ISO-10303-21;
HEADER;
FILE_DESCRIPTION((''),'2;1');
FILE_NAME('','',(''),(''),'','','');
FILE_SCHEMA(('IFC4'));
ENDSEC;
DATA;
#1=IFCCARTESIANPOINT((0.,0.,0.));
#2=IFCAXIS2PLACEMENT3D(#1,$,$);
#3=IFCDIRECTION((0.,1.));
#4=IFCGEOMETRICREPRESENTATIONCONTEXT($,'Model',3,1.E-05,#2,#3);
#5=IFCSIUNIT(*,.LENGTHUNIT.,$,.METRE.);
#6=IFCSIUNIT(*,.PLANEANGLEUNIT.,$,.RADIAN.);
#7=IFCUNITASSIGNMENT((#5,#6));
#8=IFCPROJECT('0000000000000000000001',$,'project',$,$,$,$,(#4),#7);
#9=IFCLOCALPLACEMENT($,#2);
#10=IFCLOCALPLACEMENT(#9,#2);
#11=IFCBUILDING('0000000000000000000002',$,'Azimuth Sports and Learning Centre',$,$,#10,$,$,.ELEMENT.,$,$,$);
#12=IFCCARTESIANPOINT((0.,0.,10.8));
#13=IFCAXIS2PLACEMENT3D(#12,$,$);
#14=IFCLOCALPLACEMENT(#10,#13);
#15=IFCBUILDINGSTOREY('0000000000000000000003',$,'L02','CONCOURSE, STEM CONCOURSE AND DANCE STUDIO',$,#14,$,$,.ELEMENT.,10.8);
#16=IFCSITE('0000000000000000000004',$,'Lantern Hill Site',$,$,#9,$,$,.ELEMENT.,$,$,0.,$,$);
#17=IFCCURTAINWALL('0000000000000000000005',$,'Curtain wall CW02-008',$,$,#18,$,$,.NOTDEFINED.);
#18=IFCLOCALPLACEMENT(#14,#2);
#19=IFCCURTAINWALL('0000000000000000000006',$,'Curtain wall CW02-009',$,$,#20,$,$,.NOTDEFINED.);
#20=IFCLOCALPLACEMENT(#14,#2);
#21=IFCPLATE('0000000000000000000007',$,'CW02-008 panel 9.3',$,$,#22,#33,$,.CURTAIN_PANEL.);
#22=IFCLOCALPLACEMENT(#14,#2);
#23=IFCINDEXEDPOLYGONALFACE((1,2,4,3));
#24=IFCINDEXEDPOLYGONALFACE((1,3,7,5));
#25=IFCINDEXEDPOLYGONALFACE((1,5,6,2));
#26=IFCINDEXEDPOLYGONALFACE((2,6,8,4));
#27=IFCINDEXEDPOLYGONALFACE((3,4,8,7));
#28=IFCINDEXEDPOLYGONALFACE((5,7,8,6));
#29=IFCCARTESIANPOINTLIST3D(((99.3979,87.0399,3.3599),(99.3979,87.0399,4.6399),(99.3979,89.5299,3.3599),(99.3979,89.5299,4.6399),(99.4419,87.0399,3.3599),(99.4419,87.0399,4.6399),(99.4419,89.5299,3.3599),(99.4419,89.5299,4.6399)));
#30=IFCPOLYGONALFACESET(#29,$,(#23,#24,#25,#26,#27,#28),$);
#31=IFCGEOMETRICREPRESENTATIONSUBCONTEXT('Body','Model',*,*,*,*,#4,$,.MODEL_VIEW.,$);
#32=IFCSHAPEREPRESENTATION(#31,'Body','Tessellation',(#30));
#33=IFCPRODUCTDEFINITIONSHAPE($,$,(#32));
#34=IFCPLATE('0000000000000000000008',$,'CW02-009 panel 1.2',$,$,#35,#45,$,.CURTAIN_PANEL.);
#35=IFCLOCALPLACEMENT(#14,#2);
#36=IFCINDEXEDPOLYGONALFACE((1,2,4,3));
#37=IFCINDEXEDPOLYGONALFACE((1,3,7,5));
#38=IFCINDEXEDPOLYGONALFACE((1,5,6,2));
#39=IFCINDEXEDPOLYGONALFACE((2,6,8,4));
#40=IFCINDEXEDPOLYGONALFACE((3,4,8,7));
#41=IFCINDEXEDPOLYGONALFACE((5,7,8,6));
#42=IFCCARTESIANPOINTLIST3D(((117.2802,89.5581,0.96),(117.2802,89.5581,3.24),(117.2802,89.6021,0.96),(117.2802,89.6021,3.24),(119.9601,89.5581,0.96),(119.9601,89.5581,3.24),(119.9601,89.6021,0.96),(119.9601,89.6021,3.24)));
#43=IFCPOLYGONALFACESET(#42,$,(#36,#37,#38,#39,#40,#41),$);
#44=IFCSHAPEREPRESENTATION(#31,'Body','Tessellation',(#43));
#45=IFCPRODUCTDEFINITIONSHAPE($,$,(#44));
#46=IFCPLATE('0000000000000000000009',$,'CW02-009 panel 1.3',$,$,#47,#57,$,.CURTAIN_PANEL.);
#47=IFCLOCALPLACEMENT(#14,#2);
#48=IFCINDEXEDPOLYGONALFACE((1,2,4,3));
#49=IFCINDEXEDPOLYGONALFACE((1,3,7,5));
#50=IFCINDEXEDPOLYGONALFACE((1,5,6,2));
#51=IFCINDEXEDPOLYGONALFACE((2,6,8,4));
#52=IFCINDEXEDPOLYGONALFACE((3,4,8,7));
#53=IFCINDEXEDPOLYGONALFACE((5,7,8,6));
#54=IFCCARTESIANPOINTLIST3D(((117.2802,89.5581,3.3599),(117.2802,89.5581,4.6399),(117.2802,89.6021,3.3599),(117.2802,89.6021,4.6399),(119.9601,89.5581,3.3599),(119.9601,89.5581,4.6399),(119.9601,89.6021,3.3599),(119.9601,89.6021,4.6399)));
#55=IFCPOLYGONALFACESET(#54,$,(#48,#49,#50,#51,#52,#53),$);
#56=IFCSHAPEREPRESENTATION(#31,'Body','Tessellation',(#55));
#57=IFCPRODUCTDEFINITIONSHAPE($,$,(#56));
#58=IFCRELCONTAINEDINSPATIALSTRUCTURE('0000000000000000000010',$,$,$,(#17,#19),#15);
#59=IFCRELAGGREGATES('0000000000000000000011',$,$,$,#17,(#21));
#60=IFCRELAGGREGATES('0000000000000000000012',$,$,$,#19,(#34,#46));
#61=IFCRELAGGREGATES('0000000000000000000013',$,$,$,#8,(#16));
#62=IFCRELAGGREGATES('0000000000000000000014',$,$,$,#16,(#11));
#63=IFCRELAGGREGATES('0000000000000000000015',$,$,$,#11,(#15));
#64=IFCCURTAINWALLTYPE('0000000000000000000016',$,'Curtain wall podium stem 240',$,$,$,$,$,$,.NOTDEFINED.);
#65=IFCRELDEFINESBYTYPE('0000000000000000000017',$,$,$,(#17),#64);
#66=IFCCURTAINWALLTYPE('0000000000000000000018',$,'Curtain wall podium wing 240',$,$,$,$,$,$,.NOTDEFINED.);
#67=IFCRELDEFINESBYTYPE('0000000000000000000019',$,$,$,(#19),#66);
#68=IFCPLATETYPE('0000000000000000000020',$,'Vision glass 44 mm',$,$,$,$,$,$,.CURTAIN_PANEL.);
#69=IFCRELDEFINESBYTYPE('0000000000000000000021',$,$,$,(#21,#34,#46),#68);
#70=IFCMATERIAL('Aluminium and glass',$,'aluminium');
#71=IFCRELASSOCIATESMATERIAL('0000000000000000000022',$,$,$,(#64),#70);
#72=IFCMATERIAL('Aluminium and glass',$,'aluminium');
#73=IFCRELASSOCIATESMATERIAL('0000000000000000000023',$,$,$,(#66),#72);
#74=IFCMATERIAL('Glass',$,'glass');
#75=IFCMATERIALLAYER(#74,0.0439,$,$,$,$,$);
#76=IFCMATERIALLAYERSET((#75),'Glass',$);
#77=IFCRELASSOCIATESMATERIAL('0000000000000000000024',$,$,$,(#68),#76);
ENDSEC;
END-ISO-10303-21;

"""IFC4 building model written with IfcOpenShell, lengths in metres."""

from ifc_helpers import new_model, si_unit, direction, frame, origin, origin_2d, place, context, subcontext, project, spatial, rectangle, extrude, material, layer, layer_set, type_object, element, aggregate, save


model = new_model("IFC4")

# Units and contexts
model_context = context("Model", 3, precision=1e-05, world=origin(), true_north=direction((0.0, 1.0)))
body_context = subcontext(model_context, "Body", "Model", "MODEL_VIEW")
ifc_project = project(units=[si_unit("LENGTHUNIT", "METRE"), si_unit("PLANEANGLEUNIT", "RADIAN")], contexts=[model_context])

# Site, building, storey
site_placement = place(None, origin())
site = spatial("IfcSite", under=ifc_project, at=site_placement, Name="Lantern Hill Site", CompositionType="ELEMENT", RefElevation=0.0)
building_placement = place(site_placement, origin())
building = spatial("IfcBuilding", under=site, at=building_placement, Name="Azimuth Sports and Learning Centre", CompositionType="ELEMENT")
storey_placement = place(building_placement, frame((0.0, 0.0, 10.8)))
storey = spatial("IfcBuildingStorey", under=building, at=storey_placement, Name="L02", Description="CONCOURSE, STEM CONCOURSE AND DANCE STUDIO", CompositionType="ELEMENT", Elevation=10.8)

# Curtain walls
ifc_material_1 = material(Name="Aluminium and glass", Category="aluminium")
curtain_wall_type_1 = type_object("IfcCurtainWallType", Name="Curtain wall podium stem 240", PredefinedType="NOTDEFINED", material=ifc_material_1)
curtain_wall_1_placement = place(storey_placement, origin())
curtain_wall_1 = element("IfcCurtainWall", 1, at=curtain_wall_1_placement, inside=storey, type_object=curtain_wall_type_1, Name="Curtain wall CW02-008", PredefinedType="NOTDEFINED")
ifc_material_2 = material(Name="Aluminium and glass", Category="aluminium")
curtain_wall_type_2 = type_object("IfcCurtainWallType", Name="Curtain wall podium wing 240", PredefinedType="NOTDEFINED", material=ifc_material_2)
curtain_wall_2_placement = place(storey_placement, origin())
curtain_wall_2 = element("IfcCurtainWall", 2, at=curtain_wall_2_placement, inside=storey, type_object=curtain_wall_type_2, Name="Curtain wall CW02-009", PredefinedType="NOTDEFINED")

# Plates
ifc_material_3 = material(Name="Glass", Category="glass")
ifc_layer_1 = layer(ifc_material_3, 0.0439)
ifc_layer_set_1 = layer_set([ifc_layer_1], Name="Glass")
plate_type_1 = type_object("IfcPlateType", Name="Vision glass 44 mm", PredefinedType="CURTAIN_PANEL", material=ifc_layer_set_1)
plate_1_placement = place(storey_placement, frame((99.4199, 88.2849, 3.3599), z_axis=(0.0, 0.0, 1.0), x_axis=(0.0, 1.0, 0.0)))
plate_1 = element("IfcPlate", 3, at=plate_1_placement, type_object=plate_type_1, Name="CW02-008 panel 9.3", PredefinedType="CURTAIN_PANEL", context=body_context, shape_type="SweptSolid", body=[
    extrude(rectangle(XDim=2.49, YDim=0.0439, at=origin_2d()), origin(), (0.0, 0.0, 1.0), 1.28),
])
aggregate(curtain_wall_1, [plate_1])
plate_2_placement = place(storey_placement, frame((118.6201, 89.5801, 0.96), z_axis=(0.0, 0.0, 1.0), x_axis=(1.0, 0.0, 0.0)))
plate_2 = element("IfcPlate", 4, at=plate_2_placement, type_object=plate_type_1, Name="CW02-009 panel 1.2", PredefinedType="CURTAIN_PANEL", context=body_context, shape_type="SweptSolid", body=[
    extrude(rectangle(XDim=2.6799, YDim=0.0439, at=origin_2d()), origin(), (0.0, 0.0, 1.0), 2.28),
])
plate_3_placement = place(storey_placement, frame((118.6201, 89.5801, 3.3599), z_axis=(0.0, 0.0, 1.0), x_axis=(1.0, 0.0, 0.0)))
plate_3 = element("IfcPlate", 5, at=plate_3_placement, type_object=plate_type_1, Name="CW02-009 panel 1.3", PredefinedType="CURTAIN_PANEL", context=body_context, shape_type="SweptSolid", body=[
    extrude(rectangle(XDim=2.6799, YDim=0.0439, at=origin_2d()), origin(), (0.0, 0.0, 1.0), 1.28),
])
aggregate(curtain_wall_2, [plate_2, plate_3])

save(model, "model.ifc")
